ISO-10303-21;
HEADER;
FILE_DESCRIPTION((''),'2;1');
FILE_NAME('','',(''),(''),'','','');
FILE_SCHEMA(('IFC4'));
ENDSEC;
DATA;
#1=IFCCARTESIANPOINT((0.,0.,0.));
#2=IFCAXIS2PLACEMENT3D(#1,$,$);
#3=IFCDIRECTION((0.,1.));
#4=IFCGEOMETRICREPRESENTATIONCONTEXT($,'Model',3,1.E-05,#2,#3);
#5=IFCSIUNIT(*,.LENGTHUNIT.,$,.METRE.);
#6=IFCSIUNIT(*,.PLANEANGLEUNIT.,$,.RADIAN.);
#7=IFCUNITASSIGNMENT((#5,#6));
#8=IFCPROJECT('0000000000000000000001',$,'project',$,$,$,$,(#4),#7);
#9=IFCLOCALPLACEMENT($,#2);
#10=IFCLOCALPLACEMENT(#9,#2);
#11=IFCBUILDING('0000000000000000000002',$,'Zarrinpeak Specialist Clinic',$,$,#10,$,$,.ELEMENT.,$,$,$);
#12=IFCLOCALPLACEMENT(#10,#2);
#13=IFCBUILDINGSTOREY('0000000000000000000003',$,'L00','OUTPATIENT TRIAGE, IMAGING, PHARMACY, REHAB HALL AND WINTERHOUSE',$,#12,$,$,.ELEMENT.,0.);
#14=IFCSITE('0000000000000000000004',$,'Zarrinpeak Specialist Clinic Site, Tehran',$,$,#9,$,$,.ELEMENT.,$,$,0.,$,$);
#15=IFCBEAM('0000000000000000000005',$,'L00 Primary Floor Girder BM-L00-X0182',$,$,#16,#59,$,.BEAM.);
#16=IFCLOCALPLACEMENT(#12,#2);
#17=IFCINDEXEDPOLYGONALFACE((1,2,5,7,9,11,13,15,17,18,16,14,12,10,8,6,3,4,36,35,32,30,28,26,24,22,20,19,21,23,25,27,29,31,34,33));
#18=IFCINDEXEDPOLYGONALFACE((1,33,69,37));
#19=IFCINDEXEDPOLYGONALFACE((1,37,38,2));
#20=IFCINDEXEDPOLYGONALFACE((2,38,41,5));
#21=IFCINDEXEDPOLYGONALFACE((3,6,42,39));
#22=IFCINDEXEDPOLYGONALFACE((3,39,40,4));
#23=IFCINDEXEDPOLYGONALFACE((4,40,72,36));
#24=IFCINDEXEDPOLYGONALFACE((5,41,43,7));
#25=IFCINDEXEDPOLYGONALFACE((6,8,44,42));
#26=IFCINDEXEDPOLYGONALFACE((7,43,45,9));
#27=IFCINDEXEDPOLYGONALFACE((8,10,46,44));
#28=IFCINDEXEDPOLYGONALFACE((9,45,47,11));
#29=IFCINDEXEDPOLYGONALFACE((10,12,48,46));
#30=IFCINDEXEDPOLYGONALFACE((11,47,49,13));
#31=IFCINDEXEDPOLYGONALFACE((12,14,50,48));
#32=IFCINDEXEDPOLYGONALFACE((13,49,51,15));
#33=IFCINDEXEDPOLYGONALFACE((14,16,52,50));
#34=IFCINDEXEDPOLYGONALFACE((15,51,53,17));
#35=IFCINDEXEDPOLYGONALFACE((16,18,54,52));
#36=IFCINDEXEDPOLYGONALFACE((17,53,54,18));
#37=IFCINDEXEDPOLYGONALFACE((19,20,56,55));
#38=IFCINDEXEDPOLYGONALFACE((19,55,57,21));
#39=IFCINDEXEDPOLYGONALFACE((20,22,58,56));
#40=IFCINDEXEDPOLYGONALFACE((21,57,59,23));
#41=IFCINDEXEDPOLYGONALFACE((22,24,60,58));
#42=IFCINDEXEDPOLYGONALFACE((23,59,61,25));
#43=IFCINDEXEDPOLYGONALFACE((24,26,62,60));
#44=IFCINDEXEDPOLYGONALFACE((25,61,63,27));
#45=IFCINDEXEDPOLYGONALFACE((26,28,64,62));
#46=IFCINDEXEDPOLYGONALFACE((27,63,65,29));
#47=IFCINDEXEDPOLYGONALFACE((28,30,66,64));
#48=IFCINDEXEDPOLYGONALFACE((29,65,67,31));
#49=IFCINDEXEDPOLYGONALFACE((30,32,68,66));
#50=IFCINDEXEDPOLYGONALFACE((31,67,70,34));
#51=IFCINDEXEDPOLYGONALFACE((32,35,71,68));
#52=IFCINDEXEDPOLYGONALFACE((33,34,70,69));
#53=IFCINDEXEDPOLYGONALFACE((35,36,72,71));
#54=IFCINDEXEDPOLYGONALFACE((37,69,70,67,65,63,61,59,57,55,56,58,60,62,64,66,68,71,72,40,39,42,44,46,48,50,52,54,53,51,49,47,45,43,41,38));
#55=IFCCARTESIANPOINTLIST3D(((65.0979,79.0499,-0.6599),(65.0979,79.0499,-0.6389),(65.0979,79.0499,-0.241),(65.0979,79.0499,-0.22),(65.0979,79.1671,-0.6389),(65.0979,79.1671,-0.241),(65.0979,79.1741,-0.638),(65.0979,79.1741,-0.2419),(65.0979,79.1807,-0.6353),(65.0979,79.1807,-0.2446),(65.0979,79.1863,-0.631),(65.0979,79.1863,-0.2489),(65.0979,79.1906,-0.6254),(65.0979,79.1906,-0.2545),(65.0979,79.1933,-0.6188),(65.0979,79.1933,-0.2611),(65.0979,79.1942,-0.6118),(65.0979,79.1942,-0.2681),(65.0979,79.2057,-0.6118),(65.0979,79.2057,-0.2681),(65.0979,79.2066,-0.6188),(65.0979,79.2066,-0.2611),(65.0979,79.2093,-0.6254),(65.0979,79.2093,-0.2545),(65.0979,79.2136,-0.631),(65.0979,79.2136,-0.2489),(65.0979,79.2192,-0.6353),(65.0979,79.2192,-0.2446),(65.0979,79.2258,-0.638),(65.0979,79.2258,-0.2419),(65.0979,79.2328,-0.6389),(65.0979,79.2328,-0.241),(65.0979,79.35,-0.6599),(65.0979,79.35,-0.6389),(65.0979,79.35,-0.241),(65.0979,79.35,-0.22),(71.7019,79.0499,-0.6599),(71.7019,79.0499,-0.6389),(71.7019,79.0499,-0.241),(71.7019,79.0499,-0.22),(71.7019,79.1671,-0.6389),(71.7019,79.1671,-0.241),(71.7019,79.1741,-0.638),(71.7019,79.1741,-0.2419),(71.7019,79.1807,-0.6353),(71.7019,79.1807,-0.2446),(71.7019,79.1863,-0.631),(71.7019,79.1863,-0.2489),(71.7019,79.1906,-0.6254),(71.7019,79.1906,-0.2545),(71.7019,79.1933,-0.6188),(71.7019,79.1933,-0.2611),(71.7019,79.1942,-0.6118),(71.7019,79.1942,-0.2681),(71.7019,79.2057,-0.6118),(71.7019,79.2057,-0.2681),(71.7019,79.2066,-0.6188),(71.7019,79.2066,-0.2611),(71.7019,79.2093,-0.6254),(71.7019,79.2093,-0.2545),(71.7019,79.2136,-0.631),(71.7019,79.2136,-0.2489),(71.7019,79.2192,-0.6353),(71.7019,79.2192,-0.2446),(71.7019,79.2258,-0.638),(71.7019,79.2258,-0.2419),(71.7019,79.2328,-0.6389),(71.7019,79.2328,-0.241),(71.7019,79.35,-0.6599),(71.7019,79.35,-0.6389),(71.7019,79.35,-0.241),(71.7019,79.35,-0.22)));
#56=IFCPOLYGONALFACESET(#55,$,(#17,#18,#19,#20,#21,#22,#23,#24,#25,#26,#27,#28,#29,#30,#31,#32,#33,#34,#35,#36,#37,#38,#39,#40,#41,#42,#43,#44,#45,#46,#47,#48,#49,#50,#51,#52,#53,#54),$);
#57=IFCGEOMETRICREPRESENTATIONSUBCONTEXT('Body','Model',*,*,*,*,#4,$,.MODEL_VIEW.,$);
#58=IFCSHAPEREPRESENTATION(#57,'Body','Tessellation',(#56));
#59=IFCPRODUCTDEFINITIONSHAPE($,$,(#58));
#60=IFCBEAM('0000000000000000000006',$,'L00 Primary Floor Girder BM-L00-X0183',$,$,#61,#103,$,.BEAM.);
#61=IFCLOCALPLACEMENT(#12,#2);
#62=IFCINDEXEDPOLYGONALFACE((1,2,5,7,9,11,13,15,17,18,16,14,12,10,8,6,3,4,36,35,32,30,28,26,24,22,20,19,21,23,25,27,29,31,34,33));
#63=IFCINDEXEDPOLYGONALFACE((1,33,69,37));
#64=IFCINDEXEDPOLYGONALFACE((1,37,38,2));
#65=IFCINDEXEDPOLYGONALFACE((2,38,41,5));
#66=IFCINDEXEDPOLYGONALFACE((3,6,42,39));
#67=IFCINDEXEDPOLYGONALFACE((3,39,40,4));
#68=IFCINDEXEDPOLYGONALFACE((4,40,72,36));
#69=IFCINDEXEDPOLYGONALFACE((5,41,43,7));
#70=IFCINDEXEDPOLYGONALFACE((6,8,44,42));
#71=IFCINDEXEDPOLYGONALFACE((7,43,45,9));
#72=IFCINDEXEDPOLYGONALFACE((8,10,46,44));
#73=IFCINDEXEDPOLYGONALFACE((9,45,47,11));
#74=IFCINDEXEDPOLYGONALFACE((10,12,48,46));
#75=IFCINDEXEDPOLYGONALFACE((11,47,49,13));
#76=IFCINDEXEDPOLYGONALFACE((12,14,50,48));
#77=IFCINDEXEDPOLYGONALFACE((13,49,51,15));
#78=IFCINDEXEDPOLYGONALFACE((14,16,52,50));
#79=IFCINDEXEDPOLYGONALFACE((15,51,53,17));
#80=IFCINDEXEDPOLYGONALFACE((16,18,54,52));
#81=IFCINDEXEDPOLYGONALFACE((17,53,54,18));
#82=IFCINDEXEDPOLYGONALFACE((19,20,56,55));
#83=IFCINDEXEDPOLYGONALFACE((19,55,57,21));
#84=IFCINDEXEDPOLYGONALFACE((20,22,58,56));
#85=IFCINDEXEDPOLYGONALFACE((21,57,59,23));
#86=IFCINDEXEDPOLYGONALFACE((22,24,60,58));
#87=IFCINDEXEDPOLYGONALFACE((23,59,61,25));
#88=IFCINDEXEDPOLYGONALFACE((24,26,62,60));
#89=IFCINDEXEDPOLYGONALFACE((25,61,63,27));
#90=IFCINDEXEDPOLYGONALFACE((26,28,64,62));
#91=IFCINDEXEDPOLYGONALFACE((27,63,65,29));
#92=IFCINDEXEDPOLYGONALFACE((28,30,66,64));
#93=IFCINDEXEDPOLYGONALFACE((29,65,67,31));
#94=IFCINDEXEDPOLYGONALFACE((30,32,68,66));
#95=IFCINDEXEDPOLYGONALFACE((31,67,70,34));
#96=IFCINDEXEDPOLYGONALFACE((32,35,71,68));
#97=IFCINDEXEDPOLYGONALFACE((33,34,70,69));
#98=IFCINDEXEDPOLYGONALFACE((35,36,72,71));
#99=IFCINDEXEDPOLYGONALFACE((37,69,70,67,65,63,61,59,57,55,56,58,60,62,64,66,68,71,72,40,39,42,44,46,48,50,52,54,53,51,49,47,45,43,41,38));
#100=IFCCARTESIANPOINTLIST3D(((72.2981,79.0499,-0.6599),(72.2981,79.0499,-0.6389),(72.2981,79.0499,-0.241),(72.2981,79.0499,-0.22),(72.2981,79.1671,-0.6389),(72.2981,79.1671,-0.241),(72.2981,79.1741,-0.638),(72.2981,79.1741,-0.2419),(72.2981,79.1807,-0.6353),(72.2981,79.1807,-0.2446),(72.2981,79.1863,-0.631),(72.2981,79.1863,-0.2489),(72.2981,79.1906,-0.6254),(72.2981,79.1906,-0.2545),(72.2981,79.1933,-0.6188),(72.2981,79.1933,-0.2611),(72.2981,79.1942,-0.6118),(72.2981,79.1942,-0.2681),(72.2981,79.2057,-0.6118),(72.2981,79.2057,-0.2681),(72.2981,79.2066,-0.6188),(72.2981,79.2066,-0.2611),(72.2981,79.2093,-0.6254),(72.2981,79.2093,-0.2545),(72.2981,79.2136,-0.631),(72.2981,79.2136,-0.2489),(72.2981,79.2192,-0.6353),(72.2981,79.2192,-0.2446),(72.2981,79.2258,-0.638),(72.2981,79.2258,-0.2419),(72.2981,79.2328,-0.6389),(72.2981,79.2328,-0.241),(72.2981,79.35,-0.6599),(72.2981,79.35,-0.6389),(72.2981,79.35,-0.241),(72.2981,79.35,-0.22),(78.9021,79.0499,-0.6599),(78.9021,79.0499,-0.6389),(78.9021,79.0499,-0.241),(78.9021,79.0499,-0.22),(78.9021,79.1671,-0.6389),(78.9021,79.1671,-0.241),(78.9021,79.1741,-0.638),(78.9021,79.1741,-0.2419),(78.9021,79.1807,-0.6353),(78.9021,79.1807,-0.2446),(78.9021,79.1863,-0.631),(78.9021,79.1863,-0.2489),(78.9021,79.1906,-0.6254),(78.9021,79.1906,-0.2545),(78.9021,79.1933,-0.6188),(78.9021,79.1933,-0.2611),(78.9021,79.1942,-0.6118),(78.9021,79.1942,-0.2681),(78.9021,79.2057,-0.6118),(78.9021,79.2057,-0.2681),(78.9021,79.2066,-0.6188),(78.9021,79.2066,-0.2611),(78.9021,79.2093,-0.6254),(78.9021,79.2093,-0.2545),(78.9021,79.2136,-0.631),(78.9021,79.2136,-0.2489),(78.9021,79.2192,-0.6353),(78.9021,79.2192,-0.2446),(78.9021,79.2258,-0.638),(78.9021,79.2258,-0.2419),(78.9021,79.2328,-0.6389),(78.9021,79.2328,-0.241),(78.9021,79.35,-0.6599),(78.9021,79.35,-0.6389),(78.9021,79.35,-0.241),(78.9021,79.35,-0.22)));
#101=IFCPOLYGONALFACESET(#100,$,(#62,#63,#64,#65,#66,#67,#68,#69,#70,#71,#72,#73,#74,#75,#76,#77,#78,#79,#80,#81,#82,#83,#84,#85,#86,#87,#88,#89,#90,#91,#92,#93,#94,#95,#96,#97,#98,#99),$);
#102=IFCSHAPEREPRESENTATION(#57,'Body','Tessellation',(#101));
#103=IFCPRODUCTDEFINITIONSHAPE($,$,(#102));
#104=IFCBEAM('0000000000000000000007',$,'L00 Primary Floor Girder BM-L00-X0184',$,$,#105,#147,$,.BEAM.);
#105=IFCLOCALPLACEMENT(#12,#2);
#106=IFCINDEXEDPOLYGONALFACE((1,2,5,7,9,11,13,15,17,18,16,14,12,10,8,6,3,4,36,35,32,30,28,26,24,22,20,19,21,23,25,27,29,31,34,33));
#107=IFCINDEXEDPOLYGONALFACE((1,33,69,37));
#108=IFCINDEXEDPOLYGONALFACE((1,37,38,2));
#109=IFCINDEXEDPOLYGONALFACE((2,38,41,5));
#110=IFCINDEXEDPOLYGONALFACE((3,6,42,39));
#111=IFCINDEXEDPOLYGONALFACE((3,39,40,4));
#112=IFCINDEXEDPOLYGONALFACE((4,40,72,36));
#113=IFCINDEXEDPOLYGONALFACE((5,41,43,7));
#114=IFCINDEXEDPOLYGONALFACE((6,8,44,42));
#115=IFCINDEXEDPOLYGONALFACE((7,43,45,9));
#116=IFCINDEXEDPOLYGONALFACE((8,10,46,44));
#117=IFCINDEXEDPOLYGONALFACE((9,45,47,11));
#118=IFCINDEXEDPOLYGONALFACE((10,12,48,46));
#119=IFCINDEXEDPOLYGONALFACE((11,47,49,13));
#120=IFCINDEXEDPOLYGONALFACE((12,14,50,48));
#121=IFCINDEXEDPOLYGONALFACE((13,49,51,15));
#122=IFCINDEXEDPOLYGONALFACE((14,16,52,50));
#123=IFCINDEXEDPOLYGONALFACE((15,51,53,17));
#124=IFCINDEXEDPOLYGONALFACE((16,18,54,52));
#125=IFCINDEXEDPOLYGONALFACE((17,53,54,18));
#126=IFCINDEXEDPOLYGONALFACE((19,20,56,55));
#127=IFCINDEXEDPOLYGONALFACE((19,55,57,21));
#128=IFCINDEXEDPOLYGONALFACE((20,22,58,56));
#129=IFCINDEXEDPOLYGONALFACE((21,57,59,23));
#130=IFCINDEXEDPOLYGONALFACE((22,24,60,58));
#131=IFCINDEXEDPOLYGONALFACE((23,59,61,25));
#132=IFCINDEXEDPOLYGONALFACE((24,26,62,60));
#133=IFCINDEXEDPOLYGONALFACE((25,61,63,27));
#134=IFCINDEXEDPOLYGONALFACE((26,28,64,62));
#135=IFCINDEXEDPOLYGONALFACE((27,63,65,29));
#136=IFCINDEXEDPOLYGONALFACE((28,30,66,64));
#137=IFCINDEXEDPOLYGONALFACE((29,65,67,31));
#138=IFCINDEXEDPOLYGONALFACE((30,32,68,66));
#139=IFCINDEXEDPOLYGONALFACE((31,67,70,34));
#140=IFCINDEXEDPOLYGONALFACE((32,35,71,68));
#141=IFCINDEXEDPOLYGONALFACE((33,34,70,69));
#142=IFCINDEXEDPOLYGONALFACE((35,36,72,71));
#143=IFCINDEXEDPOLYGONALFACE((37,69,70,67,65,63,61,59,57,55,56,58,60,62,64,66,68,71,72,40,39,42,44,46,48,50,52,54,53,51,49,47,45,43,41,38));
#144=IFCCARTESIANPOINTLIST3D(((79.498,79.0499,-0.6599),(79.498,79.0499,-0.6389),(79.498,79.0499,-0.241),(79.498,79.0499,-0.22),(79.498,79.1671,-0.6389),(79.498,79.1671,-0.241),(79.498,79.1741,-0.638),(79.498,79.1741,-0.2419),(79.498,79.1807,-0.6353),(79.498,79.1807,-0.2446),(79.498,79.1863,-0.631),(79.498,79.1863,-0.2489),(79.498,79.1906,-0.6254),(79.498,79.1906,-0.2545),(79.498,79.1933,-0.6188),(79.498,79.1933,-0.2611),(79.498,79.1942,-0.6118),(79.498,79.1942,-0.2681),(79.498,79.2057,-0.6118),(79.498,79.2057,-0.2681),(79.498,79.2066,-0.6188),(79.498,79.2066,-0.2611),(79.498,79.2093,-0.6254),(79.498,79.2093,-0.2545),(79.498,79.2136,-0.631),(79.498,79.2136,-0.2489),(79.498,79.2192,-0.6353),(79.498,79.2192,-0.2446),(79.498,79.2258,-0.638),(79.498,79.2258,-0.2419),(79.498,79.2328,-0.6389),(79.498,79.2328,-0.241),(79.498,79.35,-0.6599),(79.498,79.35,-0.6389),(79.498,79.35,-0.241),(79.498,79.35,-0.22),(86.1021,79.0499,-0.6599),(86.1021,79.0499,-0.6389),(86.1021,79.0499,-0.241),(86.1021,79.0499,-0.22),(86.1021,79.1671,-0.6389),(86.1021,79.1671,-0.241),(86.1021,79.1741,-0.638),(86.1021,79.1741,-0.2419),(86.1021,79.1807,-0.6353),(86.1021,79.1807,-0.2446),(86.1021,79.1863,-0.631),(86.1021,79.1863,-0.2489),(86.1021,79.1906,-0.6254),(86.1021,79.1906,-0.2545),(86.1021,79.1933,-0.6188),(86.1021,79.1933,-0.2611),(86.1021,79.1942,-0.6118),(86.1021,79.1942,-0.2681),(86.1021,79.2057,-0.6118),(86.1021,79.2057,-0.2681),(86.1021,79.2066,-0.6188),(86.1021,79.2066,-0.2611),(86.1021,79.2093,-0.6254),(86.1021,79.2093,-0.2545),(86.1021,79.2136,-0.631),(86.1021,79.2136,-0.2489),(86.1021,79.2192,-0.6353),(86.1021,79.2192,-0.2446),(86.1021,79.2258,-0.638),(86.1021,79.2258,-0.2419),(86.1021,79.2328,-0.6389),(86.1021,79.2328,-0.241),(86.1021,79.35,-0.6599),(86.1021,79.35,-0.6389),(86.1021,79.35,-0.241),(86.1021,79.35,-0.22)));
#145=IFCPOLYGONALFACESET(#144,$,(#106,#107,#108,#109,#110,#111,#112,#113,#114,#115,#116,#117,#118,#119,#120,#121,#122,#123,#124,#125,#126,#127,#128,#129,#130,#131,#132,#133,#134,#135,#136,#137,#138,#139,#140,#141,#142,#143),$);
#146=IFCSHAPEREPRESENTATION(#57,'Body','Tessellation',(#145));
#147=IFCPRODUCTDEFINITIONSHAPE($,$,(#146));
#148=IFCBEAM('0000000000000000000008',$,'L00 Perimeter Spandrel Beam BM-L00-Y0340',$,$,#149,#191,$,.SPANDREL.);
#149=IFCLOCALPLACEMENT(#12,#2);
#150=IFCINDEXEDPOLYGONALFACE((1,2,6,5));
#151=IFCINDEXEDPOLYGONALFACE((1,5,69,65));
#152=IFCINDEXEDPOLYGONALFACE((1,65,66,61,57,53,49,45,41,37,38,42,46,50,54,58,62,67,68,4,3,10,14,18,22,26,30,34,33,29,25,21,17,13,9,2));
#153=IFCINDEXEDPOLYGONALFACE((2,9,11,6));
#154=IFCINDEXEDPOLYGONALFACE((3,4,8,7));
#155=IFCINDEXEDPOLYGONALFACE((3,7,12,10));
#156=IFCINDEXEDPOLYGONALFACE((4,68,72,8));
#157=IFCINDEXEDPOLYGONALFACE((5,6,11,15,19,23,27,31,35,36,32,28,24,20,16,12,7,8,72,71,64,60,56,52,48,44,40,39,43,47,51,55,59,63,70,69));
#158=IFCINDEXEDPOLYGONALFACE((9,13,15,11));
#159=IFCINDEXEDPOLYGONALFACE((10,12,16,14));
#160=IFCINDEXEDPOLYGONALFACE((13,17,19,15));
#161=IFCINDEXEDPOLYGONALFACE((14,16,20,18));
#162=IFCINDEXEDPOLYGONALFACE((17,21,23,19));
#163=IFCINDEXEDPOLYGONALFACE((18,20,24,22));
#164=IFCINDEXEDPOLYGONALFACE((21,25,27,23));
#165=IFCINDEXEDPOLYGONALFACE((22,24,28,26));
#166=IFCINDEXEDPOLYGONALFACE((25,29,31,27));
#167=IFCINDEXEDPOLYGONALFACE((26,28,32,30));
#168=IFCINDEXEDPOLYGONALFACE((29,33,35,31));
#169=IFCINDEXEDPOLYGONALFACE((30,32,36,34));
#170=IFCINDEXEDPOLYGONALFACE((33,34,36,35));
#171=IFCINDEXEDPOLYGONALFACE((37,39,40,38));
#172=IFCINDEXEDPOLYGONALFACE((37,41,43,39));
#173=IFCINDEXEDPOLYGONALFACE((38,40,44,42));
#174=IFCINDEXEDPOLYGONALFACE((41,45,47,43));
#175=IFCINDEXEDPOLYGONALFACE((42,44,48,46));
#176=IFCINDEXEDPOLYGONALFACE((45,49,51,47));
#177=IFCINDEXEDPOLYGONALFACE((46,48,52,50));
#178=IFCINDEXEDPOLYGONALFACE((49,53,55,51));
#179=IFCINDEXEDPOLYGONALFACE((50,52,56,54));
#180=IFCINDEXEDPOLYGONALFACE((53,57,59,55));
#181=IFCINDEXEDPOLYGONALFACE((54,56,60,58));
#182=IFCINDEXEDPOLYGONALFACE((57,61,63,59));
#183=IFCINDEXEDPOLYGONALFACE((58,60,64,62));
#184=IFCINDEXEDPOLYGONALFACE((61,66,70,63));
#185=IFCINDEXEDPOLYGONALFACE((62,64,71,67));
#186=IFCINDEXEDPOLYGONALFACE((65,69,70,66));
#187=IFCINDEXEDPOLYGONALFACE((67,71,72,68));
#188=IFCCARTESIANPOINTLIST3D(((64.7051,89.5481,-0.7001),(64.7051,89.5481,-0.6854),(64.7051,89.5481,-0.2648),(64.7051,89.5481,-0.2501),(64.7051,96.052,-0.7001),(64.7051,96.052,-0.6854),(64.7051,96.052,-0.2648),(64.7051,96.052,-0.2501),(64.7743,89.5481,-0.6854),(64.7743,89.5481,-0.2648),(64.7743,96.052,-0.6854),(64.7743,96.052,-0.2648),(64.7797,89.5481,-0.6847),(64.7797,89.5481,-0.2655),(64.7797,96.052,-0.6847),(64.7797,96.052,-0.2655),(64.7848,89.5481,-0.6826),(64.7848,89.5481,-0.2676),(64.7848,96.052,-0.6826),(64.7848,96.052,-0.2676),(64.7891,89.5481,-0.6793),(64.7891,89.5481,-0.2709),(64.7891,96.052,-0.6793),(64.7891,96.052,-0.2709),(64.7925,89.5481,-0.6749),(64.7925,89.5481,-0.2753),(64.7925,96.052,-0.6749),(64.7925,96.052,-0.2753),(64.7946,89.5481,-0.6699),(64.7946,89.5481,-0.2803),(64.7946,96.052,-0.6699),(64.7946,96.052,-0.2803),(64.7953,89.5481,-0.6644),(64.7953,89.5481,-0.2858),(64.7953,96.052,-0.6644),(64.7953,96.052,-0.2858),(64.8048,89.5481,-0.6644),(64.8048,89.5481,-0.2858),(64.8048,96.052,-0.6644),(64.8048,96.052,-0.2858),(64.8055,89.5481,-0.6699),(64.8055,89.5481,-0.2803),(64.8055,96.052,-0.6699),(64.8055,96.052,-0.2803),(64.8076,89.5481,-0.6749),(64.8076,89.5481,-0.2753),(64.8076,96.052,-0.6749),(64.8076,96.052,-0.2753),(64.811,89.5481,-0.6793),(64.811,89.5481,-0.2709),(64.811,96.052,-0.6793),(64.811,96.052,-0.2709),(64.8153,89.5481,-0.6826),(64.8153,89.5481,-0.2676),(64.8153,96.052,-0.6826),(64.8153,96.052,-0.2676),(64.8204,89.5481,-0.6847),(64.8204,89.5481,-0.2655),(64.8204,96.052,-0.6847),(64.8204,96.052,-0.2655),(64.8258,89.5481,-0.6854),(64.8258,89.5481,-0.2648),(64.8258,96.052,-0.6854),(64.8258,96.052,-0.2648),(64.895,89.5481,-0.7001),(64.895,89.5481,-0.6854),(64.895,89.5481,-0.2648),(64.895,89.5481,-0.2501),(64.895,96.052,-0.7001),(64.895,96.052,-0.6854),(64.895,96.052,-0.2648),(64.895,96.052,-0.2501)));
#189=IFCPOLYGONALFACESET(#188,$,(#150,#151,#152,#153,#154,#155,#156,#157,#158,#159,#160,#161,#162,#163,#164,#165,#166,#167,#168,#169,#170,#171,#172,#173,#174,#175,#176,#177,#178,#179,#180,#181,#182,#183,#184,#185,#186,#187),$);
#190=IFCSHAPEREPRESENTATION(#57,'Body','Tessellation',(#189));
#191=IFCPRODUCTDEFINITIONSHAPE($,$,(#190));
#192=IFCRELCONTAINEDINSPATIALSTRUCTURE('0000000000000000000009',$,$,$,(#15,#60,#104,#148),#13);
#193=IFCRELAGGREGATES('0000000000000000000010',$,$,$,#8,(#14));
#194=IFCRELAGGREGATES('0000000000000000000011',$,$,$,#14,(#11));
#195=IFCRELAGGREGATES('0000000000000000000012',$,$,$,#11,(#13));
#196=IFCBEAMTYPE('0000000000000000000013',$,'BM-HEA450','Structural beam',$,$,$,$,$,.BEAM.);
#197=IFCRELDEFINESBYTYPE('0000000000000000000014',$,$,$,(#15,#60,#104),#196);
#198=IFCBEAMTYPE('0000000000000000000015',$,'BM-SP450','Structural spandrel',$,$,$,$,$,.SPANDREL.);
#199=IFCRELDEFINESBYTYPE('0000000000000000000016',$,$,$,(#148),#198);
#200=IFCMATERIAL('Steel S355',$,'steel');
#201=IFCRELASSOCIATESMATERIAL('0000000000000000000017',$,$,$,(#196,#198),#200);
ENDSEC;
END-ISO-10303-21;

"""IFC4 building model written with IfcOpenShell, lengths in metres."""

from ifc_helpers import new_model, si_unit, direction, frame, origin, origin_2d, place, context, subcontext, project, spatial, i_section, extrude, material, material_profile, profile_set, type_object, element, save


model = new_model("IFC4")

# Units and contexts
model_context = context("Model", 3, precision=1e-05, world=origin(), true_north=direction((0.0, 1.0)))
body_context = subcontext(model_context, "Body", "Model", "MODEL_VIEW")
ifc_project = project(units=[si_unit("LENGTHUNIT", "METRE"), si_unit("PLANEANGLEUNIT", "RADIAN")], contexts=[model_context])

# Site, building, storey
site_placement = place(None, origin())
site = spatial("IfcSite", under=ifc_project, at=site_placement, Name="Zarrinpeak Specialist Clinic Site, Tehran", CompositionType="ELEMENT", RefElevation=0.0)
building_placement = place(site_placement, origin())
building = spatial("IfcBuilding", under=site, at=building_placement, Name="Zarrinpeak Specialist Clinic", CompositionType="ELEMENT")
storey_placement = place(building_placement, origin())
storey = spatial("IfcBuildingStorey", under=building, at=storey_placement, Name="L00", Description="OUTPATIENT TRIAGE, IMAGING, PHARMACY, REHAB HALL AND WINTERHOUSE", CompositionType="ELEMENT", Elevation=0.0)

# Beams
ifc_material_1 = material(Name="Steel S355", Category="steel")
ifc_material_profile_1 = material_profile(ifc_material_1, i_section(OverallWidth=0.3, OverallDepth=0.4399, WebThickness=0.0115, FlangeThickness=0.021, FilletRadius=0.0271, at=origin_2d()), Name="HEA 450")
ifc_profile_set_1 = profile_set([ifc_material_profile_1], Name="Steel S355")
beam_type_1 = type_object("IfcBeamType", Name="BM-HEA450", Description="Structural beam", PredefinedType="BEAM", material=ifc_profile_set_1)
for number, where, z_axis, x_axis, name in (
    (1, (65.0979, 79.2, -0.4399), (1.0, 0.0, 0.0), (0.0, 1.0, 0.0), "L00 Primary Floor Girder BM-L00-X0182"),
    (2, (72.2981, 79.2, -0.4399), (1.0, 0.0, 0.0), (0.0, 1.0, 0.0), "L00 Primary Floor Girder BM-L00-X0183"),
    (3, (79.498, 79.2, -0.4399), (1.0, 0.0, 0.0), (0.0, 1.0, 0.0), "L00 Primary Floor Girder BM-L00-X0184"),
):
    element("IfcBeam", number, at=place(storey_placement, frame(where, z_axis=z_axis, x_axis=x_axis)), inside=storey, type_object=beam_type_1, Name=name, PredefinedType="BEAM", context=body_context, shape_type="SweptSolid", body=[
        extrude(i_section(OverallWidth=0.3, OverallDepth=0.4399, WebThickness=0.0115, FlangeThickness=0.021, FilletRadius=0.0271, at=origin_2d()), origin(), (0.0, 0.0, 1.0), 6.604),
    ])
ifc_material_profile_2 = material_profile(ifc_material_1, i_section(OverallWidth=0.1899, OverallDepth=0.45, WebThickness=0.0095, FlangeThickness=0.0146, FilletRadius=0.021, at=origin_2d()), Name="IPE 450")
ifc_profile_set_2 = profile_set([ifc_material_profile_2], Name="Steel S355")
beam_type_2 = type_object("IfcBeamType", Name="BM-SP450", Description="Structural spandrel", PredefinedType="SPANDREL", material=ifc_profile_set_2)
beam_placement = place(storey_placement, frame((64.8, 89.5481, -0.4751), z_axis=(0.0, 1.0, 0.0), x_axis=(-1.0, 0.0, 0.0)))
element("IfcBeam", 4, at=beam_placement, inside=storey, type_object=beam_type_2, Name="L00 Perimeter Spandrel Beam BM-L00-Y0340", PredefinedType="SPANDREL", context=body_context, shape_type="SweptSolid", body=[
    extrude(i_section(OverallWidth=0.1899, OverallDepth=0.45, WebThickness=0.0095, FlangeThickness=0.0146, FilletRadius=0.021, at=origin_2d()), origin(), (0.0, 0.0, 1.0), 6.5039),
])

save(model, "model.ifc")
